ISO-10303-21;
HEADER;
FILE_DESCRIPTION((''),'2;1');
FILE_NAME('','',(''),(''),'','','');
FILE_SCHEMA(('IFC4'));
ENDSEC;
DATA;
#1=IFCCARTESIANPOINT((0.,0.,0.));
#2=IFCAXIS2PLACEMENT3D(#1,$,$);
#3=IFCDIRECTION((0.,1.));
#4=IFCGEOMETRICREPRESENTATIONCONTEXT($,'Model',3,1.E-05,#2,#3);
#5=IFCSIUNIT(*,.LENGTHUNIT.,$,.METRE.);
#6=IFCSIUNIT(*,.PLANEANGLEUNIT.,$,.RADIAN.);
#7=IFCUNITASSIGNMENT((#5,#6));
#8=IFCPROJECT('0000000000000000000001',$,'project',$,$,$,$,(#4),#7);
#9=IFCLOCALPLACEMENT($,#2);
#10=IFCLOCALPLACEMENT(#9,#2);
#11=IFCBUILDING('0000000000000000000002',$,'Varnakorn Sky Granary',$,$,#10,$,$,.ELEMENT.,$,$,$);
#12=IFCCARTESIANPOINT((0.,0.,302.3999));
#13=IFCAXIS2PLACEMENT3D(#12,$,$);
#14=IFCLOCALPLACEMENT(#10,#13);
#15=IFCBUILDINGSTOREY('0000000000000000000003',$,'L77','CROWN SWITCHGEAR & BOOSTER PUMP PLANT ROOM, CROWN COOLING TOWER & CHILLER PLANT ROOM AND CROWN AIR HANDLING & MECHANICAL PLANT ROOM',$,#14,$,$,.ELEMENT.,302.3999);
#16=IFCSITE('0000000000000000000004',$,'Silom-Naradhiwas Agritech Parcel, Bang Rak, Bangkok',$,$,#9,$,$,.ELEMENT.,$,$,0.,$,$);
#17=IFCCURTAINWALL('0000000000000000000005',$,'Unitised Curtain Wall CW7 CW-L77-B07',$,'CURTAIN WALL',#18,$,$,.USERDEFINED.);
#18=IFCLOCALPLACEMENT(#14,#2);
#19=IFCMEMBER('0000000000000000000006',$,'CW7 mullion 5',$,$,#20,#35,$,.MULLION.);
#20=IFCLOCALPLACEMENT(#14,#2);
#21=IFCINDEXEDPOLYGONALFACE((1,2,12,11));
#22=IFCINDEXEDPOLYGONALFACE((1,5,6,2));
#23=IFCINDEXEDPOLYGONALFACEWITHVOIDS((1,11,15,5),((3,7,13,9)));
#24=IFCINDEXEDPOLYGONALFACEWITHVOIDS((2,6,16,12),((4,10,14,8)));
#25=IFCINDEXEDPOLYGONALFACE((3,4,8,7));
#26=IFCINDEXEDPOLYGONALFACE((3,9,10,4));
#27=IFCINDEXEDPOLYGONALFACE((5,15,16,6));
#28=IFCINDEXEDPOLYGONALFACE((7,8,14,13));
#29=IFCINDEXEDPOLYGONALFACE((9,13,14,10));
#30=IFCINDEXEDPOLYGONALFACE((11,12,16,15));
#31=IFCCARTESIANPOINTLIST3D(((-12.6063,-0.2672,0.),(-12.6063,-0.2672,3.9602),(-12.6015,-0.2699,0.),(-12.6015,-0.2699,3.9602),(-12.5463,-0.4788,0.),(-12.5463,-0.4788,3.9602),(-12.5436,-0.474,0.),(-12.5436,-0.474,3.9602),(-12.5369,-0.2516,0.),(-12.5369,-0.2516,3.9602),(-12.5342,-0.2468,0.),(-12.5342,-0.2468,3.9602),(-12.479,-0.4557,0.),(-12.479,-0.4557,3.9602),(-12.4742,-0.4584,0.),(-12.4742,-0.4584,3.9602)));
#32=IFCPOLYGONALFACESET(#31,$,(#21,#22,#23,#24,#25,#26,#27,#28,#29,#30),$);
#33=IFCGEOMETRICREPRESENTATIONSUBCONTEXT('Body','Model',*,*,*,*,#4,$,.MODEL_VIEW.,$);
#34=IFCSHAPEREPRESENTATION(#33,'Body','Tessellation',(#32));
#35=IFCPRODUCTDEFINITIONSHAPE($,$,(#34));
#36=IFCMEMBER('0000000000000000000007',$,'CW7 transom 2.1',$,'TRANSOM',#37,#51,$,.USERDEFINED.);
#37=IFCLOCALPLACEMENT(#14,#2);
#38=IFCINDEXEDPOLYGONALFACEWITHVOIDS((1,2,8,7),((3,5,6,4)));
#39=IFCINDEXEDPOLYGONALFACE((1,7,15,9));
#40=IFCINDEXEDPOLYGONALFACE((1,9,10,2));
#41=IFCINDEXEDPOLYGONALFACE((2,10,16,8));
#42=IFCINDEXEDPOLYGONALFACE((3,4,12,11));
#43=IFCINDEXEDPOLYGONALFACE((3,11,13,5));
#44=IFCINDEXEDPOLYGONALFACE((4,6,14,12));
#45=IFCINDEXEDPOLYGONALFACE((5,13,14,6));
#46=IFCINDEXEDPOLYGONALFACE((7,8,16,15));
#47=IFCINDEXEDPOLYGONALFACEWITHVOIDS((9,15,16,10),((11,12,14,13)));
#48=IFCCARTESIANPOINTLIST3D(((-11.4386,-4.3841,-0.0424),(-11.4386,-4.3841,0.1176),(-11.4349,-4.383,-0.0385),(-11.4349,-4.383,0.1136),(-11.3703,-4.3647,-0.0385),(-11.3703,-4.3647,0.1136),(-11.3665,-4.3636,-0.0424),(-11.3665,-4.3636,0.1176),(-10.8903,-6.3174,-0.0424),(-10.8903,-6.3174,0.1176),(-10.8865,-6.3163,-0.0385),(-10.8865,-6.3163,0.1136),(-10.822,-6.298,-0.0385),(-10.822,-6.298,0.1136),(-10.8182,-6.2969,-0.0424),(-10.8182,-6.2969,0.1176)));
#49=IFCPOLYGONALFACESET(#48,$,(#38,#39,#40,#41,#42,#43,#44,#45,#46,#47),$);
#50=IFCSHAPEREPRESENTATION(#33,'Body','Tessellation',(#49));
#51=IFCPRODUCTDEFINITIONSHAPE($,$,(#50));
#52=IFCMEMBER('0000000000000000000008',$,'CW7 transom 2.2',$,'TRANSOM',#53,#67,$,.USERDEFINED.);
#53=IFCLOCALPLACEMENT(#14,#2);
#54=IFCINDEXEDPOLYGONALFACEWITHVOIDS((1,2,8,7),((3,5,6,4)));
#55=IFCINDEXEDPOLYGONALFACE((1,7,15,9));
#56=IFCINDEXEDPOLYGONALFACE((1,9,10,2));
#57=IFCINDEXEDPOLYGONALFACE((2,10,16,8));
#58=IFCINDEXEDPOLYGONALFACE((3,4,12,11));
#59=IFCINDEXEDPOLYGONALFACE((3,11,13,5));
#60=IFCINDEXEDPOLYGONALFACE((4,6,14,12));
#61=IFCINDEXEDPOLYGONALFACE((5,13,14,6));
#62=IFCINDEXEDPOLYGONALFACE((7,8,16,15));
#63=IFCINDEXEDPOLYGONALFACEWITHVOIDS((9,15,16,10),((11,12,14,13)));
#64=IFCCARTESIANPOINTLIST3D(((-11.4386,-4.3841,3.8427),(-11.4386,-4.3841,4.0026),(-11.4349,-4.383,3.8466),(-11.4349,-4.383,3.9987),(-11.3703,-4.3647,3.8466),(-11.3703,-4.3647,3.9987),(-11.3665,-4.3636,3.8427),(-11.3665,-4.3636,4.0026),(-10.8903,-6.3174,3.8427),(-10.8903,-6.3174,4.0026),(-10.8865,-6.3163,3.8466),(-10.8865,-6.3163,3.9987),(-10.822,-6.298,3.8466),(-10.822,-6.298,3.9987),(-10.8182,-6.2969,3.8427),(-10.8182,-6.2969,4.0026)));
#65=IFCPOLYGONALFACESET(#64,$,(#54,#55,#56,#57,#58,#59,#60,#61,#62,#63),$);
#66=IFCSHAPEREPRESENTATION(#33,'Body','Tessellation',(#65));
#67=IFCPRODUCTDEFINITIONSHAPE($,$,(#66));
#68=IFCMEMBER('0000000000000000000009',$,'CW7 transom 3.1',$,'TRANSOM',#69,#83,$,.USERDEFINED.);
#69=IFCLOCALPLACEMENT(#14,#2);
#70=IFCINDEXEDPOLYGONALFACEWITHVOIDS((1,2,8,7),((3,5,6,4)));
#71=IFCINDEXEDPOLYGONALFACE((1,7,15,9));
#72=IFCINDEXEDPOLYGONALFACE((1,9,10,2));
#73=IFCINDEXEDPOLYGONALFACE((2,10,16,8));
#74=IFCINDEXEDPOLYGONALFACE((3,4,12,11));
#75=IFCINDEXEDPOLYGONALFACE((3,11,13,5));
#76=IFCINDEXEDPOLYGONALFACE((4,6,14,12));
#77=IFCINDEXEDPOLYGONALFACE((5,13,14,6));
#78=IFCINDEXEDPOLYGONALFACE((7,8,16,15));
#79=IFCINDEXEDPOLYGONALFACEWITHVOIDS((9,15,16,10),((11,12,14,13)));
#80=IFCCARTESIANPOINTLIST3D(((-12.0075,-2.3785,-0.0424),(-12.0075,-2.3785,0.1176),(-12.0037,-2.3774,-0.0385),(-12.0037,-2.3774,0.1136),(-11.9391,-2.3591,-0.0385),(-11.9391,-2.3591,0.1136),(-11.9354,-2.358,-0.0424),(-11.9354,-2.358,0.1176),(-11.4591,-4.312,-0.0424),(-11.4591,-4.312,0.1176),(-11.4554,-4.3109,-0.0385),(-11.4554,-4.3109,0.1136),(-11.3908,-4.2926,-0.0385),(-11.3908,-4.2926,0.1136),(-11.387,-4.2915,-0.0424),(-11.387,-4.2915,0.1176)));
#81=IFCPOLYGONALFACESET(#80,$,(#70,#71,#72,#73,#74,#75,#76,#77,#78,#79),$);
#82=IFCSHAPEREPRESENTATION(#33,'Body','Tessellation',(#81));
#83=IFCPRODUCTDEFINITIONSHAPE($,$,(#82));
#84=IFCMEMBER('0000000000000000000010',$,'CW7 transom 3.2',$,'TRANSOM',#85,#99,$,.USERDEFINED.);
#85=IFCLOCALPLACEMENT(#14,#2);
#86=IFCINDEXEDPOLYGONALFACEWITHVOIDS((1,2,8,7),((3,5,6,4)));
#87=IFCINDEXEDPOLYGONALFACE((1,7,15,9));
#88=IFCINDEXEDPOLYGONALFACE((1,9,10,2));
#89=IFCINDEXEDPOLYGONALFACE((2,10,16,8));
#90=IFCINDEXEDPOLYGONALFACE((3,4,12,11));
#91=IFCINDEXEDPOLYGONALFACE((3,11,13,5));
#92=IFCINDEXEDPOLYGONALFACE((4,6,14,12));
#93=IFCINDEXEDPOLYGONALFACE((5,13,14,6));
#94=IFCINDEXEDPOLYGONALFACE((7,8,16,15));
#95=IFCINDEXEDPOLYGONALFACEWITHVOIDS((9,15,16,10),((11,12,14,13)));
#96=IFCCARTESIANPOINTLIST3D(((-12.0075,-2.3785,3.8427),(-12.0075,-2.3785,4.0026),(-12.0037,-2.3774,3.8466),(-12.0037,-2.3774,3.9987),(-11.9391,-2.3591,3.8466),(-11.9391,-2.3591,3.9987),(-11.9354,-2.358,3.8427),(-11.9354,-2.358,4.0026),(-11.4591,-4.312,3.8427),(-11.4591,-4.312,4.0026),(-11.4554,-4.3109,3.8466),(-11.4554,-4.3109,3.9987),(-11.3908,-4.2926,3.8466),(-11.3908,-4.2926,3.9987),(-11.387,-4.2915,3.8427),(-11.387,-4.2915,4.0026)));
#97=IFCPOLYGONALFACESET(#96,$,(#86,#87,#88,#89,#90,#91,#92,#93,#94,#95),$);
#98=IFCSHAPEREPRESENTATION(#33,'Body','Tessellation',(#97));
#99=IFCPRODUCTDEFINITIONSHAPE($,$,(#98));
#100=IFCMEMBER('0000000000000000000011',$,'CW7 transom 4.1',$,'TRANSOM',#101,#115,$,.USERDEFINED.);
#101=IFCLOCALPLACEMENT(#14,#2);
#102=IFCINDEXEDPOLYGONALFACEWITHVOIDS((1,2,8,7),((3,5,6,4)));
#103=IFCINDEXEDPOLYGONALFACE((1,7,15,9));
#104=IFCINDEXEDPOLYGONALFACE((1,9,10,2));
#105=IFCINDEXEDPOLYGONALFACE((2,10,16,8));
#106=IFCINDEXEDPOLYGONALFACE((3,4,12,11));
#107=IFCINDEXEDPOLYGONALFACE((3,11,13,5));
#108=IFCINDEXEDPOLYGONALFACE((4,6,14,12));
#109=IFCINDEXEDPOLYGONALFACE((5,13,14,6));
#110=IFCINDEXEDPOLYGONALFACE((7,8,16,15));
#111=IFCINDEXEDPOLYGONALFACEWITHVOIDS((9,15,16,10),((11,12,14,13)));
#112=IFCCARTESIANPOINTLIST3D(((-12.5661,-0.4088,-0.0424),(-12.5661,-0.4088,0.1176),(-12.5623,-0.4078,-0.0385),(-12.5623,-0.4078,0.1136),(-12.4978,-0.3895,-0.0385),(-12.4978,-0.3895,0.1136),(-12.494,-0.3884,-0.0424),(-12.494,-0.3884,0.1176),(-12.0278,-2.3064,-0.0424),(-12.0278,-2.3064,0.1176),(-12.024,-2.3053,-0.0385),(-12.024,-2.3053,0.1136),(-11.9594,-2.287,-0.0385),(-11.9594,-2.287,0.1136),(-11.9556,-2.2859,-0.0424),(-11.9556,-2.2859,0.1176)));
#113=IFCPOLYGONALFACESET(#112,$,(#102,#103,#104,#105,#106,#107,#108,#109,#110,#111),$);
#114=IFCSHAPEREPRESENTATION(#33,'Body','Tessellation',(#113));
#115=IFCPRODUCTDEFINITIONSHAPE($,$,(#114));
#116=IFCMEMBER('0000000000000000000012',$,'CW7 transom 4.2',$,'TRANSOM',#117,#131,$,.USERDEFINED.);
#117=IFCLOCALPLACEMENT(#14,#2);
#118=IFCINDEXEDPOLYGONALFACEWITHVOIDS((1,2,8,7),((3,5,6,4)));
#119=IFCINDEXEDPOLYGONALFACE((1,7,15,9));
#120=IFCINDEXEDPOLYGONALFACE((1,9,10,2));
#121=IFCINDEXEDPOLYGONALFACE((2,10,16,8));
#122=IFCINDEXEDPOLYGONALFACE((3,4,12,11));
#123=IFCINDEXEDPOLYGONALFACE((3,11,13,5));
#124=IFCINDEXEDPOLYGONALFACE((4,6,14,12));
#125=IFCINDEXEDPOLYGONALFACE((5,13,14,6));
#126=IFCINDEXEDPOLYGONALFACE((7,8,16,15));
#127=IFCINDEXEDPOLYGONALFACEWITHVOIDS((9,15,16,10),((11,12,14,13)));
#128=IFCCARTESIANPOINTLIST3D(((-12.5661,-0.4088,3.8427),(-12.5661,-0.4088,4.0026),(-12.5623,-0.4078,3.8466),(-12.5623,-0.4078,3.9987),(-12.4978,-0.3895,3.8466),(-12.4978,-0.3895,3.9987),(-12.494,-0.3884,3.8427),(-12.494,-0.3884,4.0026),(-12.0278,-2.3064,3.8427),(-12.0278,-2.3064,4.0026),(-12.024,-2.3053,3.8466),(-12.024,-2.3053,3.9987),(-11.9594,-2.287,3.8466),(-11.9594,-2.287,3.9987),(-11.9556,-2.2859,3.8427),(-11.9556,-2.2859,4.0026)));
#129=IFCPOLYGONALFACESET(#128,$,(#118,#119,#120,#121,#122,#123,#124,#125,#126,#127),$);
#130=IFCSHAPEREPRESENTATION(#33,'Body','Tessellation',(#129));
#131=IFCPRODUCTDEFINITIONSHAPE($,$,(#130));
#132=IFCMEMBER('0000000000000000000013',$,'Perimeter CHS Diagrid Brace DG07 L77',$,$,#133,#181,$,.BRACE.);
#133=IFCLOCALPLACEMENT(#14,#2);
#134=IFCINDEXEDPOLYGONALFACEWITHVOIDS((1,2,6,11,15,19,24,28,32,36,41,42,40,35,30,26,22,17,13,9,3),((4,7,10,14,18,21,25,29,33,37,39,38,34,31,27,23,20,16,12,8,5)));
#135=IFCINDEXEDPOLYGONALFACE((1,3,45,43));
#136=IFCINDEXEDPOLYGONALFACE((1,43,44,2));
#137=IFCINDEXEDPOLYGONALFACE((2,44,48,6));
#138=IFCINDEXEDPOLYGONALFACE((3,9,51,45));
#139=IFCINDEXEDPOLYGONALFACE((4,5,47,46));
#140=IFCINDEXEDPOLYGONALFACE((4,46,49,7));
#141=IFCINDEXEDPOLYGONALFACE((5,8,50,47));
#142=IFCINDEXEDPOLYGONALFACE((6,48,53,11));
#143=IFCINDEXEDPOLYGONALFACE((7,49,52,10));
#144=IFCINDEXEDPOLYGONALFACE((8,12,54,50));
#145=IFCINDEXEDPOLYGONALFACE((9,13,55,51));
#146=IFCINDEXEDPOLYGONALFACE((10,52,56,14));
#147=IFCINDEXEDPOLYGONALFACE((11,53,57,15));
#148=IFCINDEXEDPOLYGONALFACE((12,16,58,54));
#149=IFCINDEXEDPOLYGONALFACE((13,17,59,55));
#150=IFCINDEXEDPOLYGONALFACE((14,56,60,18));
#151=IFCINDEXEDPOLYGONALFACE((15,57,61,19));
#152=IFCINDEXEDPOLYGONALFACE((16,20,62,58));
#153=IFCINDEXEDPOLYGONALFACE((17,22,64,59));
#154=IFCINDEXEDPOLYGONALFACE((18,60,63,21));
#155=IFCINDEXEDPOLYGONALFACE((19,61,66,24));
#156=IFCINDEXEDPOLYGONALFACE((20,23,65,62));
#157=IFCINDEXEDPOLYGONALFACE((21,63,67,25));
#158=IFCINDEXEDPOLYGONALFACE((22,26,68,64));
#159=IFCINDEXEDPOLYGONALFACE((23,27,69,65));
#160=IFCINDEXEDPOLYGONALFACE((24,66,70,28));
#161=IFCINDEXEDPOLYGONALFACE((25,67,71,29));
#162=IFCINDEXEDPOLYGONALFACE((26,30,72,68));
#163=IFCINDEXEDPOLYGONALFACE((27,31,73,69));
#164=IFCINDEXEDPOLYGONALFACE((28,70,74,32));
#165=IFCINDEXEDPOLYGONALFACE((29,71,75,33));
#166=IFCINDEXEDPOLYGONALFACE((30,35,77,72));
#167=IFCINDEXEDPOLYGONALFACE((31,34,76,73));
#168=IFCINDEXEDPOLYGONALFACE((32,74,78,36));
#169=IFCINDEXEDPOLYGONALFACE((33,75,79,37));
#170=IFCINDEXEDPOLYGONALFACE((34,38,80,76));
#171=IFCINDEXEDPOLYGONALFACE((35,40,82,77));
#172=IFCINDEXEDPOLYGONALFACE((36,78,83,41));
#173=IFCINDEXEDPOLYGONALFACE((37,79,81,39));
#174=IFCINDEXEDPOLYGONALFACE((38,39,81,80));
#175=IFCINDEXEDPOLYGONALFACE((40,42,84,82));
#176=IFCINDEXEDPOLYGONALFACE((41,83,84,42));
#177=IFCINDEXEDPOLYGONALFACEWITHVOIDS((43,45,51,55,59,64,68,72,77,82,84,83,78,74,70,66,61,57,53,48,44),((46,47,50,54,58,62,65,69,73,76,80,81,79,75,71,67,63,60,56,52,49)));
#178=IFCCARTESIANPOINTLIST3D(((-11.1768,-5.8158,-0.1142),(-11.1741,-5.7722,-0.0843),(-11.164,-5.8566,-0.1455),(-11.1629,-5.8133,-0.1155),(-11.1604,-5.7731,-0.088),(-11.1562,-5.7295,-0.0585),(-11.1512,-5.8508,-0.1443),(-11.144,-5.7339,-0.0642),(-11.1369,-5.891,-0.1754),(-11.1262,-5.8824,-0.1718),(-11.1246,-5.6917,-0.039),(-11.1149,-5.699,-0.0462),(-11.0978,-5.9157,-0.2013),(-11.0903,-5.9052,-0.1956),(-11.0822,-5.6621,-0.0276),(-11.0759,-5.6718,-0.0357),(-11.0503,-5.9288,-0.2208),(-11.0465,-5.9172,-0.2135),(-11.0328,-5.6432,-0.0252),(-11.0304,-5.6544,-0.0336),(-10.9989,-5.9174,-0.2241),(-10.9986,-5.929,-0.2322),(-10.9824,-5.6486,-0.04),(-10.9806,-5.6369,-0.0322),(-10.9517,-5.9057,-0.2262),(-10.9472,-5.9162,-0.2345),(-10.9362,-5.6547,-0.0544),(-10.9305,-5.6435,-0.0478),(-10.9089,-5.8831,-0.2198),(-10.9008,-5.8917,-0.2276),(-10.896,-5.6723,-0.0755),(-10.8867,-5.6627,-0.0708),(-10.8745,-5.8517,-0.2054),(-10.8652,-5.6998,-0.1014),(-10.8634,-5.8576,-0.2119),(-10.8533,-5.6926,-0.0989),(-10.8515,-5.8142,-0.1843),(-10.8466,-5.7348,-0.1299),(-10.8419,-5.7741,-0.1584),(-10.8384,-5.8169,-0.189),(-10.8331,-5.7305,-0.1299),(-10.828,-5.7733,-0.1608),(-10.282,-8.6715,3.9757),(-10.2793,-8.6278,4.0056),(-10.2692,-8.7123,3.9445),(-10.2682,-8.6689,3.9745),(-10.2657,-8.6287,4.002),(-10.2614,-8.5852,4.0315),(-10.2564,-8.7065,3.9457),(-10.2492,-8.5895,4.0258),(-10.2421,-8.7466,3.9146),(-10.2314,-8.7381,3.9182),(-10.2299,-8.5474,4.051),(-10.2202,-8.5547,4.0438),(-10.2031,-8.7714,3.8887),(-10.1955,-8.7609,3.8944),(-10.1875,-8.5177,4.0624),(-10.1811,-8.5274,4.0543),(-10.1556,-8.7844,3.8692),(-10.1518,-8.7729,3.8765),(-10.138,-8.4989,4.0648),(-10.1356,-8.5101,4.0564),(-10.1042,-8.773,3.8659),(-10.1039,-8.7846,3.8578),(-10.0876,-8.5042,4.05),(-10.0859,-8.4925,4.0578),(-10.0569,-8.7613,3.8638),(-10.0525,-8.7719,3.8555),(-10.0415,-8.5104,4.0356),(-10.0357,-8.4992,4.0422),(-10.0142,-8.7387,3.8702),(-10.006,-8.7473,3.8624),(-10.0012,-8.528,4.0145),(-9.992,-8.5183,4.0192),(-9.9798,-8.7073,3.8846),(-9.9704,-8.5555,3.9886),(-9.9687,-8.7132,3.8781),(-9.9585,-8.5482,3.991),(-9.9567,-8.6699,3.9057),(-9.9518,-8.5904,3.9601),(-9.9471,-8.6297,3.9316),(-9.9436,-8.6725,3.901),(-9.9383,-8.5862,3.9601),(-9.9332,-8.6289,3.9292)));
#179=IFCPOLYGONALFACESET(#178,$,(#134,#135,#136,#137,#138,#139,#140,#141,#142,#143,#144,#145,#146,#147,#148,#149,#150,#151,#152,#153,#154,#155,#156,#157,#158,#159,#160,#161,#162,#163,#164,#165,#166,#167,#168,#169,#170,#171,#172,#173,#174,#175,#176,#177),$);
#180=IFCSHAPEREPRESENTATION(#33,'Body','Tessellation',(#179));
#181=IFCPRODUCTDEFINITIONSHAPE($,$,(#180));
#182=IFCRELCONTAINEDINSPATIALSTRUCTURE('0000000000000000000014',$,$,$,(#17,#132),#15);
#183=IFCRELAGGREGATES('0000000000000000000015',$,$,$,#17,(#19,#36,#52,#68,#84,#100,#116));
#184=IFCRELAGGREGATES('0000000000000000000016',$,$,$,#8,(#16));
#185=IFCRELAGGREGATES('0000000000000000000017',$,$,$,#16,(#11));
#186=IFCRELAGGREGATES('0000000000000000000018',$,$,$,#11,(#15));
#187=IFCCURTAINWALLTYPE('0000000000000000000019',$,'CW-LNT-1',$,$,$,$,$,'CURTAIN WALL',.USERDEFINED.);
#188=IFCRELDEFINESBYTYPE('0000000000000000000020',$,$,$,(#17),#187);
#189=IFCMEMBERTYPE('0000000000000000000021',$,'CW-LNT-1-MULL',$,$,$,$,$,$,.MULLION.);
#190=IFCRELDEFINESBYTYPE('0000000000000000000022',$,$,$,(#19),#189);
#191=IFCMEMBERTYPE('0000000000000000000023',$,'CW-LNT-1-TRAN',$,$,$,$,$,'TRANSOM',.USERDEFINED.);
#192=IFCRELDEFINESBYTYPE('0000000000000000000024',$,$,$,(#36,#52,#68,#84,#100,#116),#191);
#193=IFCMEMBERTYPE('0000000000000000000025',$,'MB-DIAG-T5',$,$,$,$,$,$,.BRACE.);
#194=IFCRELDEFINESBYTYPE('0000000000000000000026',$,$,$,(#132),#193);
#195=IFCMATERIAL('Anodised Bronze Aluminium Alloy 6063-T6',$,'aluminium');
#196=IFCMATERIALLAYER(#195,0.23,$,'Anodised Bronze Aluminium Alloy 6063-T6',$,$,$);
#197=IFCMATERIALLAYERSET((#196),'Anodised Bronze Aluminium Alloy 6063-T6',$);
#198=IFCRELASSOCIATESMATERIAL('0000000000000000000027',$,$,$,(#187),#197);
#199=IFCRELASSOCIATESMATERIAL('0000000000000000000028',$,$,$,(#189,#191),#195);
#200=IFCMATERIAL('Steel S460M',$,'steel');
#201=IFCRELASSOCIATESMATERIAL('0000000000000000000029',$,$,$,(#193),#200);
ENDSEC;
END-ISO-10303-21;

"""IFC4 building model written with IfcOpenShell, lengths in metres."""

from ifc_helpers import new_model, si_unit, direction, frame, origin, origin_2d, place, context, subcontext, project, spatial, hollow_rectangle, hollow_circle, extrude, material, layer, layer_set, material_profile, profile_set, type_object, element, aggregate, save


model = new_model("IFC4")

# Units and contexts
model_context = context("Model", 3, precision=1e-05, world=origin(), true_north=direction((0.0, 1.0)))
body_context = subcontext(model_context, "Body", "Model", "MODEL_VIEW")
ifc_project = project(units=[si_unit("LENGTHUNIT", "METRE"), si_unit("PLANEANGLEUNIT", "RADIAN")], contexts=[model_context])

# Site, building, storey
site_placement = place(None, origin())
site = spatial("IfcSite", under=ifc_project, at=site_placement, Name="Silom-Naradhiwas Agritech Parcel, Bang Rak, Bangkok", CompositionType="ELEMENT", RefElevation=0.0)
building_placement = place(site_placement, origin())
building = spatial("IfcBuilding", under=site, at=building_placement, Name="Varnakorn Sky Granary", CompositionType="ELEMENT")
storey_placement = place(building_placement, frame((0.0, 0.0, 302.3999)))
storey = spatial("IfcBuildingStorey", under=building, at=storey_placement, Name="L77", Description="CROWN SWITCHGEAR & BOOSTER PUMP PLANT ROOM, CROWN COOLING TOWER & CHILLER PLANT ROOM AND CROWN AIR HANDLING & MECHANICAL PLANT ROOM", CompositionType="ELEMENT", Elevation=302.3999)

# Shared definitions
ifc_material_1 = material(Name="Steel S460M", Category="steel")

# Curtain wall, members
ifc_material_2 = material(Name="Anodised Bronze Aluminium Alloy 6063-T6", Category="aluminium")
ifc_layer_1 = layer(ifc_material_2, 0.23, Name="Anodised Bronze Aluminium Alloy 6063-T6")
ifc_layer_set_1 = layer_set([ifc_layer_1], Name="Anodised Bronze Aluminium Alloy 6063-T6")
curtain_wall_type = type_object("IfcCurtainWallType", Name="CW-LNT-1", ElementType="CURTAIN WALL", PredefinedType="USERDEFINED", material=ifc_layer_set_1)
curtain_wall_placement = place(storey_placement, origin())
curtain_wall = element("IfcCurtainWall", 1, at=curtain_wall_placement, inside=storey, type_object=curtain_wall_type, Name="Unitised Curtain Wall CW7 CW-L77-B07", ObjectType="CURTAIN WALL", PredefinedType="USERDEFINED")
ifc_material_profile_1 = material_profile(ifc_material_2, hollow_rectangle(XDim=0.075, YDim=0.22, WallThickness=0.0039, at=origin_2d()), Name="ALU MULL 75x220")
ifc_profile_set_1 = profile_set([ifc_material_profile_1], Name="Anodised Bronze Aluminium Alloy 6063-T6")
member_type_1 = type_object("IfcMemberType", Name="CW-LNT-1-MULL", PredefinedType="MULLION", material=ifc_profile_set_1)
member_1_placement = place(storey_placement, frame((-12.5403, -0.3628, 0.0), z_axis=(0.0, 0.0, 1.0), x_axis=(-0.962054, -0.27286, 0.0)))
member_1 = element("IfcMember", 2, at=member_1_placement, type_object=member_type_1, Name="CW7 mullion 5", PredefinedType="MULLION", context=body_context, shape_type="SweptSolid", body=[
    extrude(hollow_rectangle(XDim=0.075, YDim=0.22, WallThickness=0.0039, at=origin_2d()), origin(), (0.0, 0.0, 1.0), 3.9602),
])
ifc_material_profile_2 = material_profile(ifc_material_2, hollow_rectangle(XDim=0.075, YDim=0.1599, WallThickness=0.0039, at=origin_2d()), Name="ALU TRAN 75x160")
ifc_profile_set_2 = profile_set([ifc_material_profile_2], Name="Anodised Bronze Aluminium Alloy 6063-T6")
member_type_2 = type_object("IfcMemberType", Name="CW-LNT-1-TRAN", ElementType="TRANSOM", PredefinedType="USERDEFINED", material=ifc_profile_set_2)
member_2_placement = place(storey_placement, frame((-10.8542, -6.3071, 0.0376), z_axis=(-0.272859, 0.962054, 0.0), x_axis=(-0.962054, -0.272859, 0.0)))
member_2 = element("IfcMember", 3, at=member_2_placement, type_object=member_type_2, Name="CW7 transom 2.1", ObjectType="TRANSOM", PredefinedType="USERDEFINED", context=body_context, shape_type="SweptSolid", body=[
    extrude(hollow_rectangle(XDim=0.075, YDim=0.1599, WallThickness=0.0039, at=origin_2d()), origin(), (0.0, 0.0, 1.0), 2.0095),
])
member_3_placement = place(storey_placement, frame((-10.8542, -6.3071, 3.9226), z_axis=(-0.272859, 0.962054, 0.0), x_axis=(-0.962054, -0.272859, 0.0)))
member_3 = element("IfcMember", 4, at=member_3_placement, type_object=member_type_2, Name="CW7 transom 2.2", ObjectType="TRANSOM", PredefinedType="USERDEFINED", context=body_context, shape_type="SweptSolid", body=[
    extrude(hollow_rectangle(XDim=0.075, YDim=0.1599, WallThickness=0.0039, at=origin_2d()), origin(), (0.0, 0.0, 1.0), 2.0095),
])
member_4_placement = place(storey_placement, frame((-11.4231, -4.3018, 0.0376), z_axis=(-0.272827, 0.962063, 0.0), x_axis=(-0.962063, -0.272827, 0.0)))
member_4 = element("IfcMember", 5, at=member_4_placement, type_object=member_type_2, Name="CW7 transom 3.1", ObjectType="TRANSOM", PredefinedType="USERDEFINED", context=body_context, shape_type="SweptSolid", body=[
    extrude(hollow_rectangle(XDim=0.075, YDim=0.1599, WallThickness=0.0039, at=origin_2d()), origin(), (0.0, 0.0, 1.0), 2.0098),
])
member_5_placement = place(storey_placement, frame((-11.4231, -4.3018, 3.9226), z_axis=(-0.272827, 0.962063, 0.0), x_axis=(-0.962063, -0.272827, 0.0)))
member_5 = element("IfcMember", 6, at=member_5_placement, type_object=member_type_2, Name="CW7 transom 3.2", ObjectType="TRANSOM", PredefinedType="USERDEFINED", context=body_context, shape_type="SweptSolid", body=[
    extrude(hollow_rectangle(XDim=0.075, YDim=0.1599, WallThickness=0.0039, at=origin_2d()), origin(), (0.0, 0.0, 1.0), 2.0098),
])
member_6_placement = place(storey_placement, frame((-11.9917, -2.2961, 0.0376), z_axis=(-0.272939, 0.962031, 0.0), x_axis=(-0.962031, -0.272939, 0.0)))
member_6 = element("IfcMember", 7, at=member_6_placement, type_object=member_type_2, Name="CW7 transom 4.1", ObjectType="TRANSOM", PredefinedType="USERDEFINED", context=body_context, shape_type="SweptSolid", body=[
    extrude(hollow_rectangle(XDim=0.075, YDim=0.1599, WallThickness=0.0039, at=origin_2d()), origin(), (0.0, 0.0, 1.0), 1.9724),
])
member_7_placement = place(storey_placement, frame((-11.9917, -2.2961, 3.9226), z_axis=(-0.272939, 0.962031, 0.0), x_axis=(-0.962031, -0.272939, 0.0)))
member_7 = element("IfcMember", 8, at=member_7_placement, type_object=member_type_2, Name="CW7 transom 4.2", ObjectType="TRANSOM", PredefinedType="USERDEFINED", context=body_context, shape_type="SweptSolid", body=[
    extrude(hollow_rectangle(XDim=0.075, YDim=0.1599, WallThickness=0.0039, at=origin_2d()), origin(), (0.0, 0.0, 1.0), 1.9724),
])

# Member
ifc_material_profile_3 = material_profile(ifc_material_1, hollow_circle(Radius=0.1777, WallThickness=0.0142, at=origin_2d()), Name="CHS 355.6x14")
ifc_profile_set_3 = profile_set([ifc_material_profile_3], Name="Steel S460M")
member_type_3 = type_object("IfcMemberType", Name="MB-DIAG-T5", PredefinedType="BRACE", material=ifc_profile_set_3)
member_8_placement = place(storey_placement, frame((-11.0027, -5.7837, -0.1299), z_axis=(0.176554, -0.56348, 0.807043), x_axis=(0.954255, 0.298995, 0.0)))
element("IfcMember", 9, at=member_8_placement, inside=storey, type_object=member_type_3, Name="Perimeter CHS Diagrid Brace DG07 L77", PredefinedType="BRACE", context=body_context, shape_type="SweptSolid", body=[
    extrude(hollow_circle(Radius=0.1777, WallThickness=0.0142, at=origin_2d()), origin(), (0.0, 0.0, 1.0), 5.0679),
])

aggregate(curtain_wall, [member_1, member_2, member_3, member_4, member_5, member_6, member_7])

save(model, "model.ifc")
